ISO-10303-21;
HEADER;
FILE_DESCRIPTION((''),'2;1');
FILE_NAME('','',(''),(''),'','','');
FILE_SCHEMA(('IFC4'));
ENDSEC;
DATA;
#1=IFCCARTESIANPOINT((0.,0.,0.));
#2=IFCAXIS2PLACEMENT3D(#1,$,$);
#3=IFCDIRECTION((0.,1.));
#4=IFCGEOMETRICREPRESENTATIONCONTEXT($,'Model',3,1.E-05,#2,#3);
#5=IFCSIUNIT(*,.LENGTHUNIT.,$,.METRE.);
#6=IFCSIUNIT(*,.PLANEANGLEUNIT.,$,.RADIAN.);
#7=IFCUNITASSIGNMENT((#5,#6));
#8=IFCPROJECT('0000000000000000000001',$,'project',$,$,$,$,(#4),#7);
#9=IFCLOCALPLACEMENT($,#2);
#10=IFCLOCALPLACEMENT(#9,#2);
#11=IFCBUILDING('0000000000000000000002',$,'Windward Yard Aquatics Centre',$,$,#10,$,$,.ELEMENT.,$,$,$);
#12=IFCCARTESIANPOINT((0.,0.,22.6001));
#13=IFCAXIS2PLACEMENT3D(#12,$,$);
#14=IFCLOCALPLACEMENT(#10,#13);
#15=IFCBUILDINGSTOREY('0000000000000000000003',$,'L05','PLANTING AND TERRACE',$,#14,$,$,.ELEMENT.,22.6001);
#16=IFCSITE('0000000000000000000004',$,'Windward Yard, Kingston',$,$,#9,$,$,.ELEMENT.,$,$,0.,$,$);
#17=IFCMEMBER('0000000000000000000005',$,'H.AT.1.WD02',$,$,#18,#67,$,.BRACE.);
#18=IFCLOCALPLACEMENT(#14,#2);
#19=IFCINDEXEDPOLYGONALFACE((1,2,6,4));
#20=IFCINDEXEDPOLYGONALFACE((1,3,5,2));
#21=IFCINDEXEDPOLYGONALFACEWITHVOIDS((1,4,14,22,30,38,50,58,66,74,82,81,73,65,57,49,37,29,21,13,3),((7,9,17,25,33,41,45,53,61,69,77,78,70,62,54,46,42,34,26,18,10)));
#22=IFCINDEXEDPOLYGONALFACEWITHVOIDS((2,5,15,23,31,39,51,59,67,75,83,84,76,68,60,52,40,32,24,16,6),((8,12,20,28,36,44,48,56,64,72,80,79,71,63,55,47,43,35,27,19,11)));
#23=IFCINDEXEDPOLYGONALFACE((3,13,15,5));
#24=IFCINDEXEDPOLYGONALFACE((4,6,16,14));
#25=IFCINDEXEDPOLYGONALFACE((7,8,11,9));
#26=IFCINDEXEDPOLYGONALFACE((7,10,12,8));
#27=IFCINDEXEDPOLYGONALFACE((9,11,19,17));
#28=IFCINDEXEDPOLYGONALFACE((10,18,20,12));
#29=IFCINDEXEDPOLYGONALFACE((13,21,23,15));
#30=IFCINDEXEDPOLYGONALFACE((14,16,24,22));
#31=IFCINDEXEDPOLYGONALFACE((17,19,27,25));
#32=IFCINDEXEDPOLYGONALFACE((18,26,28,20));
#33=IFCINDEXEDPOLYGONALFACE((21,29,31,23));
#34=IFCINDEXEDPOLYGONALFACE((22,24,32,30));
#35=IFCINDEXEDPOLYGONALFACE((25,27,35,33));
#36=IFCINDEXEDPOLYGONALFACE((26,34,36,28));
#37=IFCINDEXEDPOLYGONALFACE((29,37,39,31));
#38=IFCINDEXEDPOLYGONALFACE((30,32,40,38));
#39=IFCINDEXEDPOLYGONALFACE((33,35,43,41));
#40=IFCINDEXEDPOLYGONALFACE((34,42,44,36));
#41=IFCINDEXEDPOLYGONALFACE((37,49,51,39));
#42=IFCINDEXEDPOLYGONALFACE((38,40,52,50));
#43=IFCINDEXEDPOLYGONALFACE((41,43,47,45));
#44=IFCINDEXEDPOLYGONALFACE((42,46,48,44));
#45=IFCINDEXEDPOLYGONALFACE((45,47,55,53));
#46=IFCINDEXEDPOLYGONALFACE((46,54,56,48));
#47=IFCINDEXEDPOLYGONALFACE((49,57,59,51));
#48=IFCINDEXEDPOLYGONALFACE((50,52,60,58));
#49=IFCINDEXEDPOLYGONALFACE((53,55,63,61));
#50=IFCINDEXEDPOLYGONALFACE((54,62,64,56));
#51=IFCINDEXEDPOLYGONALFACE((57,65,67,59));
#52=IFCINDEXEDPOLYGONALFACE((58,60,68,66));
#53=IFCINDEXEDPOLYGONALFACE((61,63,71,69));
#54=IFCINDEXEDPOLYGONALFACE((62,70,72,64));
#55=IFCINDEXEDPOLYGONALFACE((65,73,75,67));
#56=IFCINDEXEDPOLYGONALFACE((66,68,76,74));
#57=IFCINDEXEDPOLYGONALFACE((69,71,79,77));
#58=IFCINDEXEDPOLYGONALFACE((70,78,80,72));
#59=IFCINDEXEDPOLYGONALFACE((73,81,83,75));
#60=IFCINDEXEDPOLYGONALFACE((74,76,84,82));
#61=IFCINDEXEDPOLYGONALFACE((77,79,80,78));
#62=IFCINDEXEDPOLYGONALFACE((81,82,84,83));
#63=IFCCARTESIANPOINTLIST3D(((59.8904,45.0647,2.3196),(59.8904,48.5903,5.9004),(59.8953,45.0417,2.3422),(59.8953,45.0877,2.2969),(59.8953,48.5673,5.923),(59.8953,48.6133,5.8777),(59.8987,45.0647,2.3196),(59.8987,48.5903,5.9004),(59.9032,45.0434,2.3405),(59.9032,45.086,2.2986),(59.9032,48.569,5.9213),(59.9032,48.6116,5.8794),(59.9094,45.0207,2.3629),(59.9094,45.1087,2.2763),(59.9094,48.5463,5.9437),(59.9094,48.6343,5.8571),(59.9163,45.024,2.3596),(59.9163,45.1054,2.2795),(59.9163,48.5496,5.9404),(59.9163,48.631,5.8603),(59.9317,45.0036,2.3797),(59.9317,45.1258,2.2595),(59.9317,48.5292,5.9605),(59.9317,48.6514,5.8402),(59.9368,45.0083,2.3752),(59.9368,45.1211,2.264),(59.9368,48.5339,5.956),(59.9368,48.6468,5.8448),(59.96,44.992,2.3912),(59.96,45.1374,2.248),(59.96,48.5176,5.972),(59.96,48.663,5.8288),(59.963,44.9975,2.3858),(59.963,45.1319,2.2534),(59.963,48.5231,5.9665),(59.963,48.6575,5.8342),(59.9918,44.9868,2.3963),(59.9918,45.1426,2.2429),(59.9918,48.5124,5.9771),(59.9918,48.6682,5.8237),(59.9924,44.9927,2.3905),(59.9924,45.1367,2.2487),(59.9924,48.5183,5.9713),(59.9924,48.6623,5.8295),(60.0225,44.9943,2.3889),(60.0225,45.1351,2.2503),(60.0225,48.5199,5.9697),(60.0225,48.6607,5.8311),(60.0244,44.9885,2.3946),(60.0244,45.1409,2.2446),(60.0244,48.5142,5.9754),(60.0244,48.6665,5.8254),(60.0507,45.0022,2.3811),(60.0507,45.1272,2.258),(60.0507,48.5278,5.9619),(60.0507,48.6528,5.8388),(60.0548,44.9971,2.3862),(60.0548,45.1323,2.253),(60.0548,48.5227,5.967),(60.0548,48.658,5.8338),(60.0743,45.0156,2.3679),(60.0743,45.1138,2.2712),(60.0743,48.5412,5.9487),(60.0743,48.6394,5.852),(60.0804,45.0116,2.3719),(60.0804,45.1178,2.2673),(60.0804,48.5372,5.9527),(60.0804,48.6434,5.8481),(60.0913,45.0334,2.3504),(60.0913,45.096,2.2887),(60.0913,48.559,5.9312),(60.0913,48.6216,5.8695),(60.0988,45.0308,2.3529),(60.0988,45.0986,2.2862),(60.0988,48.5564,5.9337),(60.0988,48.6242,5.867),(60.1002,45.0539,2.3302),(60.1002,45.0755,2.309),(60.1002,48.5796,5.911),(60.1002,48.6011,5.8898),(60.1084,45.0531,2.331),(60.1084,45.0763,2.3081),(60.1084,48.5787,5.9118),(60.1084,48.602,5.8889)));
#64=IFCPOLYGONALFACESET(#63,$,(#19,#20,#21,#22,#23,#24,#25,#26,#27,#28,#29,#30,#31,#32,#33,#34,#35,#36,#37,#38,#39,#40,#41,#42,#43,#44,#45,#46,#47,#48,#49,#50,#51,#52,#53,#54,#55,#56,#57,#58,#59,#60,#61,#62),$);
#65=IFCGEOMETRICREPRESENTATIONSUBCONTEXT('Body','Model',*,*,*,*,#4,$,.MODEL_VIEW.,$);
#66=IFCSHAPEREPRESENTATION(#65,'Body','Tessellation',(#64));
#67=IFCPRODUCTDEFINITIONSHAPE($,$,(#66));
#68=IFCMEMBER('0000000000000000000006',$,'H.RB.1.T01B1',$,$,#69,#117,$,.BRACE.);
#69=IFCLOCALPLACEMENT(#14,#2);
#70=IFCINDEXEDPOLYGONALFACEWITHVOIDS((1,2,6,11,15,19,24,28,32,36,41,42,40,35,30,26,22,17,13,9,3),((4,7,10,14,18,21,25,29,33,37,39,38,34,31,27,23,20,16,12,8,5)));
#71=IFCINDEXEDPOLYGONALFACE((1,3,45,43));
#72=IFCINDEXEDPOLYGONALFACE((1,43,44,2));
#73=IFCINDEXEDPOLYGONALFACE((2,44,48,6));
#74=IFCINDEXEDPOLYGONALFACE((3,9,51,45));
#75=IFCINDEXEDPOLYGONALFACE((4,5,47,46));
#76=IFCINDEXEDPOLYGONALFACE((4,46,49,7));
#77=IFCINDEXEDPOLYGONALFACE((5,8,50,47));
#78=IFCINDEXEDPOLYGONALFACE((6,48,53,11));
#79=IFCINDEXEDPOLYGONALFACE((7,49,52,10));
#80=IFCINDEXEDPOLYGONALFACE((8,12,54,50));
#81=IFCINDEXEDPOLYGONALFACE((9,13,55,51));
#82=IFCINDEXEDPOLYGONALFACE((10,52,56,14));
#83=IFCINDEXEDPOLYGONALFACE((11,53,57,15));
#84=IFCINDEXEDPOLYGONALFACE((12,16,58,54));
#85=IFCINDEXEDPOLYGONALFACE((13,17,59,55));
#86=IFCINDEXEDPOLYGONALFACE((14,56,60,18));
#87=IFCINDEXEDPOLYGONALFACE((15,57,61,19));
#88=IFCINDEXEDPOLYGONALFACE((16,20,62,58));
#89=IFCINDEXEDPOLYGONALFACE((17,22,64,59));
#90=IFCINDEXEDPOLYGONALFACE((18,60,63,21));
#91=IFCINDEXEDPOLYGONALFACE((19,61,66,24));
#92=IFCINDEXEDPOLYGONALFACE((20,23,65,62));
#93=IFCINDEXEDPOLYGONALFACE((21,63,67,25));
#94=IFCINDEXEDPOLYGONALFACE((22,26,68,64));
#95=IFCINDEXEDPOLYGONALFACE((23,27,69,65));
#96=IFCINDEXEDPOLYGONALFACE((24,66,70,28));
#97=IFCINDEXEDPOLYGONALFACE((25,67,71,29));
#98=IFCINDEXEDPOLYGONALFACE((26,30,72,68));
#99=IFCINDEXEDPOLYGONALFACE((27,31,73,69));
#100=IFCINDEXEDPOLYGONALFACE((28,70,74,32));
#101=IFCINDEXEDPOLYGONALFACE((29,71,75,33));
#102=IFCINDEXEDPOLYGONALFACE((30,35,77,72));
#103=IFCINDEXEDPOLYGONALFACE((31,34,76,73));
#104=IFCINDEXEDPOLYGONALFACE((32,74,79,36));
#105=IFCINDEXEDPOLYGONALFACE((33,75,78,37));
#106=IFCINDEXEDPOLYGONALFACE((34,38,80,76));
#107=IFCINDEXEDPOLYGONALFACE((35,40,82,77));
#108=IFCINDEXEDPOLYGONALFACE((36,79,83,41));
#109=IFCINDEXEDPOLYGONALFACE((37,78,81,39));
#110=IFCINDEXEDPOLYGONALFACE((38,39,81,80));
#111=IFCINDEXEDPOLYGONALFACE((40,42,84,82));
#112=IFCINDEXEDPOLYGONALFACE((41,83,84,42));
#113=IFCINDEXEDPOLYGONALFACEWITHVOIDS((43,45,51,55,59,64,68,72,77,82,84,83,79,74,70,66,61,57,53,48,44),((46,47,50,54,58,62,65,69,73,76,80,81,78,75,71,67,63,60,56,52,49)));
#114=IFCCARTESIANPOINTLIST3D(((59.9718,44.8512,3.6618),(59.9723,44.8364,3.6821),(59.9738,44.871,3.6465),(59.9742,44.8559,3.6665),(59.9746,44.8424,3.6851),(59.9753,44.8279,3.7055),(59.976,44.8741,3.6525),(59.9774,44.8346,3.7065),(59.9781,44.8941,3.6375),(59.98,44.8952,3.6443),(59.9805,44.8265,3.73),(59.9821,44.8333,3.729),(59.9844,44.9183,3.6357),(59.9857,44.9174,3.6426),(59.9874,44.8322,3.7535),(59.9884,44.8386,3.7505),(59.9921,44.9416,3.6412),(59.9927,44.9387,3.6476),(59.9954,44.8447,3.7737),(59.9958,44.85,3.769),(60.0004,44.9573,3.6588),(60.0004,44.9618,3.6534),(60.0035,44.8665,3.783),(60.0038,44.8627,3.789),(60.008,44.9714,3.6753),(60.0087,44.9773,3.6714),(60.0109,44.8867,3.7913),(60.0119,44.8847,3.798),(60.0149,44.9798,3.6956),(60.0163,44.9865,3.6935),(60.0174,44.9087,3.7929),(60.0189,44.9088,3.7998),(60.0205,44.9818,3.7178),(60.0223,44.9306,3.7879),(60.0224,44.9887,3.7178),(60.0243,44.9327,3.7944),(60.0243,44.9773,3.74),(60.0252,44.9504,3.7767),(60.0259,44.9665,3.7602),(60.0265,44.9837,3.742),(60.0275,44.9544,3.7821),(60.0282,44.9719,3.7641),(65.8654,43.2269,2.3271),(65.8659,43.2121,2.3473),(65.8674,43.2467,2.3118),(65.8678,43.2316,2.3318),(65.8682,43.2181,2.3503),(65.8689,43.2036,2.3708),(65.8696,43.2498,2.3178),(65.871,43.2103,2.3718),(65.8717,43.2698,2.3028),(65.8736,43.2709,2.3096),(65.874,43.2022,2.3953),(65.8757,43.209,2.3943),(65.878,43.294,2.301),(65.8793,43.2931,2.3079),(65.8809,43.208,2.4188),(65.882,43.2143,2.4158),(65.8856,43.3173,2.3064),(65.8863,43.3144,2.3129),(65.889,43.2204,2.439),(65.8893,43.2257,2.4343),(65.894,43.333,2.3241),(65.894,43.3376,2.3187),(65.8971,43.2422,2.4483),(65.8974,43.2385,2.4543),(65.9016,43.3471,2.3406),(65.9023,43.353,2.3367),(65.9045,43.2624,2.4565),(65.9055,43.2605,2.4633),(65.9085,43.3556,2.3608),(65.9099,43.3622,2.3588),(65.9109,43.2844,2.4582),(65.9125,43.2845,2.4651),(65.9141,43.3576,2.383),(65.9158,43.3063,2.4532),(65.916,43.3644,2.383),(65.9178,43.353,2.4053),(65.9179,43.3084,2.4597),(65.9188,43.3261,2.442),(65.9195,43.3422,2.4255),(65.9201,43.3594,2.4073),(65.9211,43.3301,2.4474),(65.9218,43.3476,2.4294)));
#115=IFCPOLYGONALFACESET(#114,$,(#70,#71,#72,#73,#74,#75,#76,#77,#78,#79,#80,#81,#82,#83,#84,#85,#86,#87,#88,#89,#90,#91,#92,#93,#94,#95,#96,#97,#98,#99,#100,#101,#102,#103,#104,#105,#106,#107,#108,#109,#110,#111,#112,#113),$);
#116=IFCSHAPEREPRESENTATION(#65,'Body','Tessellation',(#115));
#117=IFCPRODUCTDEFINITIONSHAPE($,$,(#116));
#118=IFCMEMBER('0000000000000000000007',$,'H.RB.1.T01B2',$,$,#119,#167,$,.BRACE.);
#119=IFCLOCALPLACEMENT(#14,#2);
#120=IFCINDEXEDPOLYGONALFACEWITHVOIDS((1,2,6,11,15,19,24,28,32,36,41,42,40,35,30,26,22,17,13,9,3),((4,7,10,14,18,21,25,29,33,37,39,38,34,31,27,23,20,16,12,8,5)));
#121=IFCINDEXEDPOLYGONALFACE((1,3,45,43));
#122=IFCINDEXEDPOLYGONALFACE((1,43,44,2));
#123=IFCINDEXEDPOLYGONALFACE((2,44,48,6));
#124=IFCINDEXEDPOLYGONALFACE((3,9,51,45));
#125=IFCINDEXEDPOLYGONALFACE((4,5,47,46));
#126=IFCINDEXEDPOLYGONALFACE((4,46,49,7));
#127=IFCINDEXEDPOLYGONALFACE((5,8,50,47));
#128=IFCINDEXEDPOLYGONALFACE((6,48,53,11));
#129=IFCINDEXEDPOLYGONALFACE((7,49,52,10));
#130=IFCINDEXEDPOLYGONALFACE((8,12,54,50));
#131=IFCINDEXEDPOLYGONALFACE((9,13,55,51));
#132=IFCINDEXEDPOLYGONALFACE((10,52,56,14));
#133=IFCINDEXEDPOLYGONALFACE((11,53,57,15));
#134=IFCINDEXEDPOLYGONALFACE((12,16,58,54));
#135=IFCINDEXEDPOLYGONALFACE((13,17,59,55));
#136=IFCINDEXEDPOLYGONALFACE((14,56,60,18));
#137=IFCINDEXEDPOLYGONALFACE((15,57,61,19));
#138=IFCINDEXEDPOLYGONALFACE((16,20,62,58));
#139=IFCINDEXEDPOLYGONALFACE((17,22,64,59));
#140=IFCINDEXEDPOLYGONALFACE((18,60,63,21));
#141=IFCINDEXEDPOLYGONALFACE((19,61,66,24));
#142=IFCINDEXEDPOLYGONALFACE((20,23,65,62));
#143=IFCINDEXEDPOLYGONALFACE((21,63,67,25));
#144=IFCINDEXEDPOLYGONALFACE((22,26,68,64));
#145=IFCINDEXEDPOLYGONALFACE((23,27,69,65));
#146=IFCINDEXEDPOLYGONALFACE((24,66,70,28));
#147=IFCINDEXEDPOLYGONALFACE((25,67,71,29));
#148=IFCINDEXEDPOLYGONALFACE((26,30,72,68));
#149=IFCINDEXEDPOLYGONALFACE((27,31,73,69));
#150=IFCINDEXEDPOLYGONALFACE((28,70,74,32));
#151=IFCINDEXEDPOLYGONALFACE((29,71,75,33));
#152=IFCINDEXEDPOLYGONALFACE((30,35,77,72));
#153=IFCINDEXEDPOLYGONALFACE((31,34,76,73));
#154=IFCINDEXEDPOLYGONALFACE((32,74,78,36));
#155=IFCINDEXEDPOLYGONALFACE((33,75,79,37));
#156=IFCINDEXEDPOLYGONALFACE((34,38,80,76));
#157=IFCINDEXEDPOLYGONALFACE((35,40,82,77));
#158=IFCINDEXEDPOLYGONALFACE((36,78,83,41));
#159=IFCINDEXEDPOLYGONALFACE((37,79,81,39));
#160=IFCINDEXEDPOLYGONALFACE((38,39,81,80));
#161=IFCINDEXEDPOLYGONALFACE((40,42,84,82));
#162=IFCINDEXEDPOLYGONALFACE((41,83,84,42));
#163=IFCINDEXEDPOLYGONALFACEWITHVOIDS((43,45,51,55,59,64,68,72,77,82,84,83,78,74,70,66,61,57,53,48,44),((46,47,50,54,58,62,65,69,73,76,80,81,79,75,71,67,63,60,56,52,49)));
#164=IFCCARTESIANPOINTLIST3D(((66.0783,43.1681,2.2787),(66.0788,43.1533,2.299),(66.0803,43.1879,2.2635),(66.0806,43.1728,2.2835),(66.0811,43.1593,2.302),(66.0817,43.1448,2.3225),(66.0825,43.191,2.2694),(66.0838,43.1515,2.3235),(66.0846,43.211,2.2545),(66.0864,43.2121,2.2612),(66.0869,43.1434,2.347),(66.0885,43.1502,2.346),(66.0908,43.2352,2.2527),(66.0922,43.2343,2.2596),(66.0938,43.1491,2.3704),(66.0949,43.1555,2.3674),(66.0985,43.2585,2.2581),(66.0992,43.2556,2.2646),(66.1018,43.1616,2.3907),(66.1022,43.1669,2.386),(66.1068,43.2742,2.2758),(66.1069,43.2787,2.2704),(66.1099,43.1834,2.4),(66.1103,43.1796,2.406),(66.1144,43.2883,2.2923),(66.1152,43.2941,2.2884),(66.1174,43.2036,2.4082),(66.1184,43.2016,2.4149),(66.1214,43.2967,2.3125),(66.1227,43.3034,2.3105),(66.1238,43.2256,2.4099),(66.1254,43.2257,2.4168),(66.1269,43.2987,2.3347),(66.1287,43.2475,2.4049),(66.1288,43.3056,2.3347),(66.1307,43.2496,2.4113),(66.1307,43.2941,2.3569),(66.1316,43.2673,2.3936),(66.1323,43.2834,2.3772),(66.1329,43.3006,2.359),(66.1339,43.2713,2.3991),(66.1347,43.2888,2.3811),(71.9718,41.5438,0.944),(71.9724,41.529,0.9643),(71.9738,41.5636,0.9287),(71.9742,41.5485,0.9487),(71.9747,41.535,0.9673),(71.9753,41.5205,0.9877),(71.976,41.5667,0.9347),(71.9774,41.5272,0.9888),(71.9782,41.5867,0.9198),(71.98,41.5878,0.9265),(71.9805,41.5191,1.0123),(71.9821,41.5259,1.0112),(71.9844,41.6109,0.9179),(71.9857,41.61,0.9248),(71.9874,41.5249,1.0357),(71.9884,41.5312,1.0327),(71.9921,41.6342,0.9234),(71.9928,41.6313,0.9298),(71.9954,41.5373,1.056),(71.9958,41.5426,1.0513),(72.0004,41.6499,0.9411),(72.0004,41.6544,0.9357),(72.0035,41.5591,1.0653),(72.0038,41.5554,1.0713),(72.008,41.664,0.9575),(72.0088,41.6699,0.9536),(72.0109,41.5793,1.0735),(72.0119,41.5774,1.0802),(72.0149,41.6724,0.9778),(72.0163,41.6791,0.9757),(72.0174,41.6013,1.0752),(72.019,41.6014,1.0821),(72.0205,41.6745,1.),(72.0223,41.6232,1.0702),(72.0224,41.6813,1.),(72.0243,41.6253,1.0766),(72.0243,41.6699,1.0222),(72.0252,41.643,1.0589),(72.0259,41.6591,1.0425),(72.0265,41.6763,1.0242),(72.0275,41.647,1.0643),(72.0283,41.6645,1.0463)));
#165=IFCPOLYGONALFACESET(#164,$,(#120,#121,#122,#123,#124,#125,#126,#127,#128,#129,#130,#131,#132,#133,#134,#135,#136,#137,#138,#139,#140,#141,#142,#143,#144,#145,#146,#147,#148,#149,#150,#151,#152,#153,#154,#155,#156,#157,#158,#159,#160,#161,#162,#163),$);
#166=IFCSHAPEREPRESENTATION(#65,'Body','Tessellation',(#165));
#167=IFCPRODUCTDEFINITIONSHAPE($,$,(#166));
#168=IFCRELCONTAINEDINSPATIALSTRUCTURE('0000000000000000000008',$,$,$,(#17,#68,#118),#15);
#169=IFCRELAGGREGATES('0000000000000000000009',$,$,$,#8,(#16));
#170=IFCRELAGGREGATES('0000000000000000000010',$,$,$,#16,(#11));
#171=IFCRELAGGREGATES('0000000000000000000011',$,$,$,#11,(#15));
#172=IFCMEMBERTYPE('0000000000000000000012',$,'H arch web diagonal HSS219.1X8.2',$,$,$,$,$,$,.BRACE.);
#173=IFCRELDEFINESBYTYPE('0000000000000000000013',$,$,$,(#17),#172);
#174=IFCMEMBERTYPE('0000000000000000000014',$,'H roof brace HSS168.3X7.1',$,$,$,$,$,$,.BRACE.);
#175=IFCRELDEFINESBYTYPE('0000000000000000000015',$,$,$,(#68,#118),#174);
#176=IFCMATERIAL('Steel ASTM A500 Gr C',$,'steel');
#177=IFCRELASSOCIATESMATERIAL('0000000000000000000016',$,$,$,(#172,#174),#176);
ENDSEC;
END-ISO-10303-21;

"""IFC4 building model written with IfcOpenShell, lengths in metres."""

from ifc_helpers import new_model, si_unit, direction, frame, origin, origin_2d, place, context, subcontext, project, spatial, hollow_circle, extrude, material, material_profile, profile_set, type_object, element, save


model = new_model("IFC4")

# Units and contexts
model_context = context("Model", 3, precision=1e-05, world=origin(), true_north=direction((0.0, 1.0)))
body_context = subcontext(model_context, "Body", "Model", "MODEL_VIEW")
ifc_project = project(units=[si_unit("LENGTHUNIT", "METRE"), si_unit("PLANEANGLEUNIT", "RADIAN")], contexts=[model_context])

# Site, building, storey
site_placement = place(None, origin())
site = spatial("IfcSite", under=ifc_project, at=site_placement, Name="Windward Yard, Kingston", CompositionType="ELEMENT", RefElevation=0.0)
building_placement = place(site_placement, origin())
building = spatial("IfcBuilding", under=site, at=building_placement, Name="Windward Yard Aquatics Centre", CompositionType="ELEMENT")
storey_placement = place(building_placement, frame((0.0, 0.0, 22.6001)))
storey = spatial("IfcBuildingStorey", under=building, at=storey_placement, Name="L05", Description="PLANTING AND TERRACE", CompositionType="ELEMENT", Elevation=22.6001)

# Members
ifc_material_1 = material(Name="Steel ASTM A500 Gr C", Category="steel")
ifc_material_profile_1 = material_profile(ifc_material_1, hollow_circle(Radius=0.1096, WallThickness=0.0083, at=origin_2d()), Name="HSS219.1X8.2")
ifc_profile_set_1 = profile_set([ifc_material_profile_1], Name="Steel ASTM A500 Gr C")
member_type_1 = type_object("IfcMemberType", Name="H arch web diagonal HSS219.1X8.2", PredefinedType="BRACE", material=ifc_profile_set_1)
member_1_placement = place(storey_placement, frame((60.0, 45.0647, 2.3196), z_axis=(0.0, 0.701596, 0.712575), x_axis=(-1.0, 0.0, 0.0)))
element("IfcMember", 1, at=member_1_placement, inside=storey, type_object=member_type_1, Name="H.AT.1.WD02", PredefinedType="BRACE", context=body_context, shape_type="SweptSolid", body=[
    extrude(hollow_circle(Radius=0.1096, WallThickness=0.0083, at=origin_2d()), origin(), (0.0, 0.0, 1.0), 5.0251),
])
ifc_material_profile_2 = material_profile(ifc_material_1, hollow_circle(Radius=0.0842, WallThickness=0.0071, at=origin_2d()), Name="HSS168.3X7.1")
ifc_profile_set_2 = profile_set([ifc_material_profile_2], Name="Steel ASTM A500 Gr C")
member_type_2 = type_object("IfcMemberType", Name="H roof brace HSS168.3X7.1", PredefinedType="BRACE", material=ifc_profile_set_2)
for number, where, z_axis, x_axis, name in (
    (2, (60.0, 44.9075, 3.7178), (0.94187, -0.25958, -0.213306), (0.265695, 0.964057, 0.0), "H.RB.1.T01B1"),
    (3, (66.1064, 43.2244, 2.3347), (0.94187, -0.25958, -0.213306), (0.265695, 0.964057, 0.0), "H.RB.1.T01B2"),
):
    element("IfcMember", number, at=place(storey_placement, frame(where, z_axis=z_axis, x_axis=x_axis)), inside=storey, type_object=member_type_2, Name=name, PredefinedType="BRACE", context=body_context, shape_type="SweptSolid", body=[
        extrude(hollow_circle(Radius=0.0842, WallThickness=0.0071, at=origin_2d()), origin(), (0.0, 0.0, 1.0), 6.2573),
    ])

save(model, "model.ifc")
